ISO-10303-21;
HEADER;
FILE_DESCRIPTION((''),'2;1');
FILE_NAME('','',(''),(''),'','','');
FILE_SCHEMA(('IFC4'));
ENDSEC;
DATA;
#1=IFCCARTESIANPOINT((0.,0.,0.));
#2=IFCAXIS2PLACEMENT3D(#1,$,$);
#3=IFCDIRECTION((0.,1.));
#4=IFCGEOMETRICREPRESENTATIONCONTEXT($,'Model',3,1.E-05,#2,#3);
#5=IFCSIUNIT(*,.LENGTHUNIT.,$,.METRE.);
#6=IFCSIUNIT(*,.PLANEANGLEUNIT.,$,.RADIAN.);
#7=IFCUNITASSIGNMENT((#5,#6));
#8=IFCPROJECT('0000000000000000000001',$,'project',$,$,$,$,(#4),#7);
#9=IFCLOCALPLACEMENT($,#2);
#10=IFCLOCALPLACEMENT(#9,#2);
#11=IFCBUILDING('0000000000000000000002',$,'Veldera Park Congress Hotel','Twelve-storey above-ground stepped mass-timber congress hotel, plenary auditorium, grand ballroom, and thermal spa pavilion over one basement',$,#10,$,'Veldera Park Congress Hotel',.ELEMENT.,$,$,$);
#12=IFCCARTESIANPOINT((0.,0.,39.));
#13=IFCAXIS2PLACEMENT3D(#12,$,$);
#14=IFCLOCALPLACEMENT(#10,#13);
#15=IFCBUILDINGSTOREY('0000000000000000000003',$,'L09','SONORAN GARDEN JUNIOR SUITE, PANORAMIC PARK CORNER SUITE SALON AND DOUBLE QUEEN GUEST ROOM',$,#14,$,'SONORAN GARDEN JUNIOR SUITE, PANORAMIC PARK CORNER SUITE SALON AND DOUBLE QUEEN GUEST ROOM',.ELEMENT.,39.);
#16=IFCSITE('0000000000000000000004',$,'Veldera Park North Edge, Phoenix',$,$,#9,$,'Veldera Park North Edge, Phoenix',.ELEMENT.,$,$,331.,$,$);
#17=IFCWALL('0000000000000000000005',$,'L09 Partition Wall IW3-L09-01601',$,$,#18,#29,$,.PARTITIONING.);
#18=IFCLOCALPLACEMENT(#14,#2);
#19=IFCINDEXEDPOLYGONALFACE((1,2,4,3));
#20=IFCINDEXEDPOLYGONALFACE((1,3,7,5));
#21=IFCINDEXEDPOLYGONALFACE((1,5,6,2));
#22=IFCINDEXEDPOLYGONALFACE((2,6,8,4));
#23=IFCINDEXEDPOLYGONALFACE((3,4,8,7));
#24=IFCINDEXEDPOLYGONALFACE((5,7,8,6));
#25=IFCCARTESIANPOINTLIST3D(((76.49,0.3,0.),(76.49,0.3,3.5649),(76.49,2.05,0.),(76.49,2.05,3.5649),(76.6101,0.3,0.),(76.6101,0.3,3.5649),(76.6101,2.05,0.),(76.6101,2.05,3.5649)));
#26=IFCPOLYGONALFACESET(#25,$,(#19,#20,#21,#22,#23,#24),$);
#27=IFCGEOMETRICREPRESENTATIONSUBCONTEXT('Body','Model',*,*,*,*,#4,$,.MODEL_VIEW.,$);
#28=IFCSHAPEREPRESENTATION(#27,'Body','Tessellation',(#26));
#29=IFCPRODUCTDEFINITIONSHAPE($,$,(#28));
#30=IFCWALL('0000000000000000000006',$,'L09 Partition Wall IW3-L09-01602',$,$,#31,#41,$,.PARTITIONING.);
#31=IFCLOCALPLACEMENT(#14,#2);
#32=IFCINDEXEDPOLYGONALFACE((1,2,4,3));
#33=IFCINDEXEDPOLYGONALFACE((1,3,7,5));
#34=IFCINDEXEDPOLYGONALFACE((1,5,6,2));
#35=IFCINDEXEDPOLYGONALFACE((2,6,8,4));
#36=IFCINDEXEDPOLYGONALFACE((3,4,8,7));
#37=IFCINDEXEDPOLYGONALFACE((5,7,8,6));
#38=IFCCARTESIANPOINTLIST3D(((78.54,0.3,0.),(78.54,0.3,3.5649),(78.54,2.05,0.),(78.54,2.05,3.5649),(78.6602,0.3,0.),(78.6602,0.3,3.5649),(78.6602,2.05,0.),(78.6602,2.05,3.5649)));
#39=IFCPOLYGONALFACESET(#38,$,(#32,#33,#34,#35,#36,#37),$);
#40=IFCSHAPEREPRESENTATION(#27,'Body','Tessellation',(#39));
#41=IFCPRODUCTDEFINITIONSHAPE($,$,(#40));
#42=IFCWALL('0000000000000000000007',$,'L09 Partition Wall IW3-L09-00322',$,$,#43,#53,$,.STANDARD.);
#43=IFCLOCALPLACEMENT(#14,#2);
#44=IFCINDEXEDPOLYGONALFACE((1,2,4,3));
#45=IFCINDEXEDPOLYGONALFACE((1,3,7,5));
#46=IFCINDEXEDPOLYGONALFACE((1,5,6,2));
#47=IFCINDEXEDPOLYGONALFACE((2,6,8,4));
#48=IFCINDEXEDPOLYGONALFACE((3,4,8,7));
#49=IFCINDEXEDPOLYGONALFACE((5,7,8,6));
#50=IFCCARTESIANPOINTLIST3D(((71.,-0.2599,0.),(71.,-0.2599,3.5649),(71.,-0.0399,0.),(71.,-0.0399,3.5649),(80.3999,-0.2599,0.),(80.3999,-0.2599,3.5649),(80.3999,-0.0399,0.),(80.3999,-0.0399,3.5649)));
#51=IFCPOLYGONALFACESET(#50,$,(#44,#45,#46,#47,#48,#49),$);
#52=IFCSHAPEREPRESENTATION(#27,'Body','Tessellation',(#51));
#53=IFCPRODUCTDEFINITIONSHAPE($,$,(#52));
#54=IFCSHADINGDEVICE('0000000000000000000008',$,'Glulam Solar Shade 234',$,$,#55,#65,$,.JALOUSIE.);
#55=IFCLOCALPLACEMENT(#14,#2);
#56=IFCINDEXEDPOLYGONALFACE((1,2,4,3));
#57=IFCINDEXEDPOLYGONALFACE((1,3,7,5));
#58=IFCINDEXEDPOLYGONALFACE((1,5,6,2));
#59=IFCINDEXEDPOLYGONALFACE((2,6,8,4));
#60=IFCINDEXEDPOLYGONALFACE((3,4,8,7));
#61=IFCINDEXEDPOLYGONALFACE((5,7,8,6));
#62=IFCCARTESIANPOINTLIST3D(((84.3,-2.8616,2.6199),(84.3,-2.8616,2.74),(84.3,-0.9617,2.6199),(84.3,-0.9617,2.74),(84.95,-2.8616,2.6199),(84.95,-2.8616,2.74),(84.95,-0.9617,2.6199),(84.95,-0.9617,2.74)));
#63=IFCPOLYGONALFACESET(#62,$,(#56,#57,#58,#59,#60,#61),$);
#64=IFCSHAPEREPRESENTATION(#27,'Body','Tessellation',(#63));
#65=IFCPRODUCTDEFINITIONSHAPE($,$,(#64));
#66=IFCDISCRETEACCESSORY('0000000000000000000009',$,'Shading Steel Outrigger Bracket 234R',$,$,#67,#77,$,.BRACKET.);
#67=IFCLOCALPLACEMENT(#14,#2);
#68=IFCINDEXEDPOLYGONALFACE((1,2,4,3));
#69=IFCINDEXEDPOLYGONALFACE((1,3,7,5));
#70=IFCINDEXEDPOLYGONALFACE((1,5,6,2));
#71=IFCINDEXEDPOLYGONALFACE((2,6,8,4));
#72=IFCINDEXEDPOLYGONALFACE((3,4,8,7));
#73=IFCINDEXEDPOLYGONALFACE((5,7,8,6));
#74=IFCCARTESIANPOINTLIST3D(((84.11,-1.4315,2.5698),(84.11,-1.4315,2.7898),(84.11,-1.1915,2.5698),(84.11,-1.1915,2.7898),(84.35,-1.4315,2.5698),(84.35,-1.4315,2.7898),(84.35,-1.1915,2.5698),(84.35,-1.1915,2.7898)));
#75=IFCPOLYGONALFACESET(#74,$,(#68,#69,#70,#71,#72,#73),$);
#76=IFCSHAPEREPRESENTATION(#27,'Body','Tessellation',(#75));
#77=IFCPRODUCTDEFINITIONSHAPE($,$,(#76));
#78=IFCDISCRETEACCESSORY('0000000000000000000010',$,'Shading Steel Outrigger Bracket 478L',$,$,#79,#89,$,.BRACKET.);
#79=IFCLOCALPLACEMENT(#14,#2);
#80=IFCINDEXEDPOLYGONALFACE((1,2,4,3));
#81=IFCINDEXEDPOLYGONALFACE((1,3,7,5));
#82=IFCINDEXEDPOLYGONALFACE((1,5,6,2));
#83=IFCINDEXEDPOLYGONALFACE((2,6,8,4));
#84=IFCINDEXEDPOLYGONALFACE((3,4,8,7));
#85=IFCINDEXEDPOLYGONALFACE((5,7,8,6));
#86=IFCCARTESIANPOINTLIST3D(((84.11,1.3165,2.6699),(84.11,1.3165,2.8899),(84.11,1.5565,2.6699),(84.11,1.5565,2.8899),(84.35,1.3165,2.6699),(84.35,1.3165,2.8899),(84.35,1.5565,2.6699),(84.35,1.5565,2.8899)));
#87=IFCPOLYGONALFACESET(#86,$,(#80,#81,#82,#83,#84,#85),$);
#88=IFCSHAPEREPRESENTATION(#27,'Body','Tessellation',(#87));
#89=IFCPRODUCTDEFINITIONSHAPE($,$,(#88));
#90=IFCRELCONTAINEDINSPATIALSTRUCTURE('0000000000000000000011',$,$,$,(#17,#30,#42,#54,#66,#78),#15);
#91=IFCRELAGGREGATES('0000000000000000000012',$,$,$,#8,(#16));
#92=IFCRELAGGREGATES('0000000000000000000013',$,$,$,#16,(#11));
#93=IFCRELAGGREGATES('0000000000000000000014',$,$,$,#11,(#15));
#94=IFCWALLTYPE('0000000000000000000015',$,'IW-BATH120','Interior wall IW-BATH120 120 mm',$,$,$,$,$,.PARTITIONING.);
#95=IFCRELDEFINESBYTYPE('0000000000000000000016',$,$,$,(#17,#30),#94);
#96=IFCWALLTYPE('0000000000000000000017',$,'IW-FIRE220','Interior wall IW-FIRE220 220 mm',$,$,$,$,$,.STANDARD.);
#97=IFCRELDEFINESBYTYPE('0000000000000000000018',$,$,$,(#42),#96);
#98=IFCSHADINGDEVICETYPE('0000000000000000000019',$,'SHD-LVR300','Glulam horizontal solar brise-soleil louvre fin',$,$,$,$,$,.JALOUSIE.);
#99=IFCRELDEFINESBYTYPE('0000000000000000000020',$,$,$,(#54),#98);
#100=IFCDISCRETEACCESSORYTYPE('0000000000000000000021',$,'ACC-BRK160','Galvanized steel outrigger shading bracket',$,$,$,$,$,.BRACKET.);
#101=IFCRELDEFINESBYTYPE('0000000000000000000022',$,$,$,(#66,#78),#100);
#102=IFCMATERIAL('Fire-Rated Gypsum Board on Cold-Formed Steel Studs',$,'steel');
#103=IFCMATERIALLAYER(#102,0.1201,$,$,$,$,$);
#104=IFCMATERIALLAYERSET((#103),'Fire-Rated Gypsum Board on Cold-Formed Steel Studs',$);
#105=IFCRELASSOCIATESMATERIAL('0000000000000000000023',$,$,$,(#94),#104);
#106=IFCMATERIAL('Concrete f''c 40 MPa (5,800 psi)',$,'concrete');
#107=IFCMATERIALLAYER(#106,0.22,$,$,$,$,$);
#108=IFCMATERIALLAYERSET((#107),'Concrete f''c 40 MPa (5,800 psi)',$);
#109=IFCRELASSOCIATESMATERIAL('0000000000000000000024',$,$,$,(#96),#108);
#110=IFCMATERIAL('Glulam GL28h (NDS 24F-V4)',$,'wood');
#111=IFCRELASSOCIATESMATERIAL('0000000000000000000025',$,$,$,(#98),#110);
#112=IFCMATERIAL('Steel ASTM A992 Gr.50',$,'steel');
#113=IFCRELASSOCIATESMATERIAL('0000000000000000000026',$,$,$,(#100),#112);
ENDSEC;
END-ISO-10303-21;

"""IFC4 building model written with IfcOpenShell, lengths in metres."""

from ifc_helpers import new_model, si_unit, direction, frame, frame_2d, origin, origin_2d, place, context, subcontext, project, spatial, rectangle, extrude, material, layer, layer_set, type_object, element, save


model = new_model("IFC4")

# Units and contexts
model_context = context("Model", 3, precision=1e-05, world=origin(), true_north=direction((0.0, 1.0)))
body_context = subcontext(model_context, "Body", "Model", "MODEL_VIEW")
ifc_project = project(units=[si_unit("LENGTHUNIT", "METRE"), si_unit("PLANEANGLEUNIT", "RADIAN")], contexts=[model_context])

# Site, building, storey
site_placement = place(None, origin())
site = spatial("IfcSite", under=ifc_project, at=site_placement, Name="Veldera Park North Edge, Phoenix", LongName="Veldera Park North Edge, Phoenix", CompositionType="ELEMENT", RefElevation=331.0)
building_placement = place(site_placement, origin())
building = spatial("IfcBuilding", under=site, at=building_placement, Name="Veldera Park Congress Hotel", Description="Twelve-storey above-ground stepped mass-timber congress hotel, plenary auditorium, grand ballroom, and thermal spa pavilion over one basement", LongName="Veldera Park Congress Hotel", CompositionType="ELEMENT")
storey_placement = place(building_placement, frame((0.0, 0.0, 39.0)))
storey = spatial("IfcBuildingStorey", under=building, at=storey_placement, Name="L09", Description="SONORAN GARDEN JUNIOR SUITE, PANORAMIC PARK CORNER SUITE SALON AND DOUBLE QUEEN GUEST ROOM", LongName="SONORAN GARDEN JUNIOR SUITE, PANORAMIC PARK CORNER SUITE SALON AND DOUBLE QUEEN GUEST ROOM", CompositionType="ELEMENT", Elevation=39.0)

# Shared definitions
ifc_material_1 = material(Name="Glulam GL28h (NDS 24F-V4)", Category="wood")

# Walls
ifc_material_2 = material(Name="Fire-Rated Gypsum Board on Cold-Formed Steel Studs", Category="steel")
ifc_layer_1 = layer(ifc_material_2, 0.1201)
ifc_layer_set_1 = layer_set([ifc_layer_1], Name="Fire-Rated Gypsum Board on Cold-Formed Steel Studs")
wall_type_1 = type_object("IfcWallType", Name="IW-BATH120", Description="Interior wall IW-BATH120 120 mm", PredefinedType="PARTITIONING", material=ifc_layer_set_1)
for number, where, z_axis, x_axis, name in (
    (1, (76.55, 0.3, 0.0), (0.0, 0.0, 1.0), (0.0, 1.0, 0.0), "L09 Partition Wall IW3-L09-01601"),
    (2, (78.6001, 0.3, 0.0), (0.0, 0.0, 1.0), (0.0, 1.0, 0.0), "L09 Partition Wall IW3-L09-01602"),
):
    element("IfcWall", number, at=place(storey_placement, frame(where, z_axis=z_axis, x_axis=x_axis)), inside=storey, type_object=wall_type_1, Name=name, PredefinedType="PARTITIONING", context=body_context, shape_type="SweptSolid", body=[
        extrude(rectangle(XDim=1.75, YDim=0.1201, at=frame_2d((0.875, 0.0))), origin(), (0.0, 0.0, 1.0), 3.5649),
    ])
ifc_material_3 = material(Name="Concrete f'c 40 MPa (5,800 psi)", Category="concrete")
ifc_layer_2 = layer(ifc_material_3, 0.22)
ifc_layer_set_2 = layer_set([ifc_layer_2], Name="Concrete f'c 40 MPa (5,800 psi)")
wall_type_2 = type_object("IfcWallType", Name="IW-FIRE220", Description="Interior wall IW-FIRE220 220 mm", PredefinedType="STANDARD", material=ifc_layer_set_2)
wall_1_placement = place(storey_placement, frame((80.3999, -0.1499, 0.0), z_axis=(0.0, 0.0, 1.0), x_axis=(-1.0, 0.0, 0.0)))
element("IfcWall", 3, at=wall_1_placement, inside=storey, type_object=wall_type_2, Name="L09 Partition Wall IW3-L09-00322", PredefinedType="STANDARD", context=body_context, shape_type="SweptSolid", body=[
    extrude(rectangle(XDim=9.3999, YDim=0.22, at=frame_2d((4.7, 0.0))), origin(), (0.0, 0.0, 1.0), 3.5649),
])

# Shading device
shading_device_type = type_object("IfcShadingDeviceType", Name="SHD-LVR300", Description="Glulam horizontal solar brise-soleil louvre fin", PredefinedType="JALOUSIE", material=ifc_material_1)
shading_device_placement = place(storey_placement, frame((84.625, -1.9116, 2.6199), z_axis=(0.0, 0.0, 1.0), x_axis=(0.0, 1.0, 0.0)))
element("IfcShadingDevice", 4, at=shading_device_placement, inside=storey, type_object=shading_device_type, Name="Glulam Solar Shade 234", PredefinedType="JALOUSIE", context=body_context, shape_type="SweptSolid", body=[
    extrude(rectangle(XDim=1.8999, YDim=0.6499, at=origin_2d()), origin(), (0.0, 0.0, 1.0), 0.1201),
])

# Discrete accessories
ifc_material_4 = material(Name="Steel ASTM A992 Gr.50", Category="steel")
discrete_accessory_type = type_object("IfcDiscreteAccessoryType", Name="ACC-BRK160", Description="Galvanized steel outrigger shading bracket", PredefinedType="BRACKET", material=ifc_material_4)
for number, where, z_axis, x_axis, name in (
    (5, (84.23, -1.3115, 2.5698), (0.0, 0.0, 1.0), (0.0, 1.0, 0.0), "Shading Steel Outrigger Bracket 234R"),
    (6, (84.23, 1.4365, 2.6699), (0.0, 0.0, 1.0), (0.0, 1.0, 0.0), "Shading Steel Outrigger Bracket 478L"),
):
    element("IfcDiscreteAccessory", number, at=place(storey_placement, frame(where, z_axis=z_axis, x_axis=x_axis)), inside=storey, type_object=discrete_accessory_type, Name=name, PredefinedType="BRACKET", context=body_context, shape_type="SweptSolid", body=[
        extrude(rectangle(XDim=0.24, YDim=0.24, at=origin_2d()), origin(), (0.0, 0.0, 1.0), 0.22),
    ])

save(model, "model.ifc")
